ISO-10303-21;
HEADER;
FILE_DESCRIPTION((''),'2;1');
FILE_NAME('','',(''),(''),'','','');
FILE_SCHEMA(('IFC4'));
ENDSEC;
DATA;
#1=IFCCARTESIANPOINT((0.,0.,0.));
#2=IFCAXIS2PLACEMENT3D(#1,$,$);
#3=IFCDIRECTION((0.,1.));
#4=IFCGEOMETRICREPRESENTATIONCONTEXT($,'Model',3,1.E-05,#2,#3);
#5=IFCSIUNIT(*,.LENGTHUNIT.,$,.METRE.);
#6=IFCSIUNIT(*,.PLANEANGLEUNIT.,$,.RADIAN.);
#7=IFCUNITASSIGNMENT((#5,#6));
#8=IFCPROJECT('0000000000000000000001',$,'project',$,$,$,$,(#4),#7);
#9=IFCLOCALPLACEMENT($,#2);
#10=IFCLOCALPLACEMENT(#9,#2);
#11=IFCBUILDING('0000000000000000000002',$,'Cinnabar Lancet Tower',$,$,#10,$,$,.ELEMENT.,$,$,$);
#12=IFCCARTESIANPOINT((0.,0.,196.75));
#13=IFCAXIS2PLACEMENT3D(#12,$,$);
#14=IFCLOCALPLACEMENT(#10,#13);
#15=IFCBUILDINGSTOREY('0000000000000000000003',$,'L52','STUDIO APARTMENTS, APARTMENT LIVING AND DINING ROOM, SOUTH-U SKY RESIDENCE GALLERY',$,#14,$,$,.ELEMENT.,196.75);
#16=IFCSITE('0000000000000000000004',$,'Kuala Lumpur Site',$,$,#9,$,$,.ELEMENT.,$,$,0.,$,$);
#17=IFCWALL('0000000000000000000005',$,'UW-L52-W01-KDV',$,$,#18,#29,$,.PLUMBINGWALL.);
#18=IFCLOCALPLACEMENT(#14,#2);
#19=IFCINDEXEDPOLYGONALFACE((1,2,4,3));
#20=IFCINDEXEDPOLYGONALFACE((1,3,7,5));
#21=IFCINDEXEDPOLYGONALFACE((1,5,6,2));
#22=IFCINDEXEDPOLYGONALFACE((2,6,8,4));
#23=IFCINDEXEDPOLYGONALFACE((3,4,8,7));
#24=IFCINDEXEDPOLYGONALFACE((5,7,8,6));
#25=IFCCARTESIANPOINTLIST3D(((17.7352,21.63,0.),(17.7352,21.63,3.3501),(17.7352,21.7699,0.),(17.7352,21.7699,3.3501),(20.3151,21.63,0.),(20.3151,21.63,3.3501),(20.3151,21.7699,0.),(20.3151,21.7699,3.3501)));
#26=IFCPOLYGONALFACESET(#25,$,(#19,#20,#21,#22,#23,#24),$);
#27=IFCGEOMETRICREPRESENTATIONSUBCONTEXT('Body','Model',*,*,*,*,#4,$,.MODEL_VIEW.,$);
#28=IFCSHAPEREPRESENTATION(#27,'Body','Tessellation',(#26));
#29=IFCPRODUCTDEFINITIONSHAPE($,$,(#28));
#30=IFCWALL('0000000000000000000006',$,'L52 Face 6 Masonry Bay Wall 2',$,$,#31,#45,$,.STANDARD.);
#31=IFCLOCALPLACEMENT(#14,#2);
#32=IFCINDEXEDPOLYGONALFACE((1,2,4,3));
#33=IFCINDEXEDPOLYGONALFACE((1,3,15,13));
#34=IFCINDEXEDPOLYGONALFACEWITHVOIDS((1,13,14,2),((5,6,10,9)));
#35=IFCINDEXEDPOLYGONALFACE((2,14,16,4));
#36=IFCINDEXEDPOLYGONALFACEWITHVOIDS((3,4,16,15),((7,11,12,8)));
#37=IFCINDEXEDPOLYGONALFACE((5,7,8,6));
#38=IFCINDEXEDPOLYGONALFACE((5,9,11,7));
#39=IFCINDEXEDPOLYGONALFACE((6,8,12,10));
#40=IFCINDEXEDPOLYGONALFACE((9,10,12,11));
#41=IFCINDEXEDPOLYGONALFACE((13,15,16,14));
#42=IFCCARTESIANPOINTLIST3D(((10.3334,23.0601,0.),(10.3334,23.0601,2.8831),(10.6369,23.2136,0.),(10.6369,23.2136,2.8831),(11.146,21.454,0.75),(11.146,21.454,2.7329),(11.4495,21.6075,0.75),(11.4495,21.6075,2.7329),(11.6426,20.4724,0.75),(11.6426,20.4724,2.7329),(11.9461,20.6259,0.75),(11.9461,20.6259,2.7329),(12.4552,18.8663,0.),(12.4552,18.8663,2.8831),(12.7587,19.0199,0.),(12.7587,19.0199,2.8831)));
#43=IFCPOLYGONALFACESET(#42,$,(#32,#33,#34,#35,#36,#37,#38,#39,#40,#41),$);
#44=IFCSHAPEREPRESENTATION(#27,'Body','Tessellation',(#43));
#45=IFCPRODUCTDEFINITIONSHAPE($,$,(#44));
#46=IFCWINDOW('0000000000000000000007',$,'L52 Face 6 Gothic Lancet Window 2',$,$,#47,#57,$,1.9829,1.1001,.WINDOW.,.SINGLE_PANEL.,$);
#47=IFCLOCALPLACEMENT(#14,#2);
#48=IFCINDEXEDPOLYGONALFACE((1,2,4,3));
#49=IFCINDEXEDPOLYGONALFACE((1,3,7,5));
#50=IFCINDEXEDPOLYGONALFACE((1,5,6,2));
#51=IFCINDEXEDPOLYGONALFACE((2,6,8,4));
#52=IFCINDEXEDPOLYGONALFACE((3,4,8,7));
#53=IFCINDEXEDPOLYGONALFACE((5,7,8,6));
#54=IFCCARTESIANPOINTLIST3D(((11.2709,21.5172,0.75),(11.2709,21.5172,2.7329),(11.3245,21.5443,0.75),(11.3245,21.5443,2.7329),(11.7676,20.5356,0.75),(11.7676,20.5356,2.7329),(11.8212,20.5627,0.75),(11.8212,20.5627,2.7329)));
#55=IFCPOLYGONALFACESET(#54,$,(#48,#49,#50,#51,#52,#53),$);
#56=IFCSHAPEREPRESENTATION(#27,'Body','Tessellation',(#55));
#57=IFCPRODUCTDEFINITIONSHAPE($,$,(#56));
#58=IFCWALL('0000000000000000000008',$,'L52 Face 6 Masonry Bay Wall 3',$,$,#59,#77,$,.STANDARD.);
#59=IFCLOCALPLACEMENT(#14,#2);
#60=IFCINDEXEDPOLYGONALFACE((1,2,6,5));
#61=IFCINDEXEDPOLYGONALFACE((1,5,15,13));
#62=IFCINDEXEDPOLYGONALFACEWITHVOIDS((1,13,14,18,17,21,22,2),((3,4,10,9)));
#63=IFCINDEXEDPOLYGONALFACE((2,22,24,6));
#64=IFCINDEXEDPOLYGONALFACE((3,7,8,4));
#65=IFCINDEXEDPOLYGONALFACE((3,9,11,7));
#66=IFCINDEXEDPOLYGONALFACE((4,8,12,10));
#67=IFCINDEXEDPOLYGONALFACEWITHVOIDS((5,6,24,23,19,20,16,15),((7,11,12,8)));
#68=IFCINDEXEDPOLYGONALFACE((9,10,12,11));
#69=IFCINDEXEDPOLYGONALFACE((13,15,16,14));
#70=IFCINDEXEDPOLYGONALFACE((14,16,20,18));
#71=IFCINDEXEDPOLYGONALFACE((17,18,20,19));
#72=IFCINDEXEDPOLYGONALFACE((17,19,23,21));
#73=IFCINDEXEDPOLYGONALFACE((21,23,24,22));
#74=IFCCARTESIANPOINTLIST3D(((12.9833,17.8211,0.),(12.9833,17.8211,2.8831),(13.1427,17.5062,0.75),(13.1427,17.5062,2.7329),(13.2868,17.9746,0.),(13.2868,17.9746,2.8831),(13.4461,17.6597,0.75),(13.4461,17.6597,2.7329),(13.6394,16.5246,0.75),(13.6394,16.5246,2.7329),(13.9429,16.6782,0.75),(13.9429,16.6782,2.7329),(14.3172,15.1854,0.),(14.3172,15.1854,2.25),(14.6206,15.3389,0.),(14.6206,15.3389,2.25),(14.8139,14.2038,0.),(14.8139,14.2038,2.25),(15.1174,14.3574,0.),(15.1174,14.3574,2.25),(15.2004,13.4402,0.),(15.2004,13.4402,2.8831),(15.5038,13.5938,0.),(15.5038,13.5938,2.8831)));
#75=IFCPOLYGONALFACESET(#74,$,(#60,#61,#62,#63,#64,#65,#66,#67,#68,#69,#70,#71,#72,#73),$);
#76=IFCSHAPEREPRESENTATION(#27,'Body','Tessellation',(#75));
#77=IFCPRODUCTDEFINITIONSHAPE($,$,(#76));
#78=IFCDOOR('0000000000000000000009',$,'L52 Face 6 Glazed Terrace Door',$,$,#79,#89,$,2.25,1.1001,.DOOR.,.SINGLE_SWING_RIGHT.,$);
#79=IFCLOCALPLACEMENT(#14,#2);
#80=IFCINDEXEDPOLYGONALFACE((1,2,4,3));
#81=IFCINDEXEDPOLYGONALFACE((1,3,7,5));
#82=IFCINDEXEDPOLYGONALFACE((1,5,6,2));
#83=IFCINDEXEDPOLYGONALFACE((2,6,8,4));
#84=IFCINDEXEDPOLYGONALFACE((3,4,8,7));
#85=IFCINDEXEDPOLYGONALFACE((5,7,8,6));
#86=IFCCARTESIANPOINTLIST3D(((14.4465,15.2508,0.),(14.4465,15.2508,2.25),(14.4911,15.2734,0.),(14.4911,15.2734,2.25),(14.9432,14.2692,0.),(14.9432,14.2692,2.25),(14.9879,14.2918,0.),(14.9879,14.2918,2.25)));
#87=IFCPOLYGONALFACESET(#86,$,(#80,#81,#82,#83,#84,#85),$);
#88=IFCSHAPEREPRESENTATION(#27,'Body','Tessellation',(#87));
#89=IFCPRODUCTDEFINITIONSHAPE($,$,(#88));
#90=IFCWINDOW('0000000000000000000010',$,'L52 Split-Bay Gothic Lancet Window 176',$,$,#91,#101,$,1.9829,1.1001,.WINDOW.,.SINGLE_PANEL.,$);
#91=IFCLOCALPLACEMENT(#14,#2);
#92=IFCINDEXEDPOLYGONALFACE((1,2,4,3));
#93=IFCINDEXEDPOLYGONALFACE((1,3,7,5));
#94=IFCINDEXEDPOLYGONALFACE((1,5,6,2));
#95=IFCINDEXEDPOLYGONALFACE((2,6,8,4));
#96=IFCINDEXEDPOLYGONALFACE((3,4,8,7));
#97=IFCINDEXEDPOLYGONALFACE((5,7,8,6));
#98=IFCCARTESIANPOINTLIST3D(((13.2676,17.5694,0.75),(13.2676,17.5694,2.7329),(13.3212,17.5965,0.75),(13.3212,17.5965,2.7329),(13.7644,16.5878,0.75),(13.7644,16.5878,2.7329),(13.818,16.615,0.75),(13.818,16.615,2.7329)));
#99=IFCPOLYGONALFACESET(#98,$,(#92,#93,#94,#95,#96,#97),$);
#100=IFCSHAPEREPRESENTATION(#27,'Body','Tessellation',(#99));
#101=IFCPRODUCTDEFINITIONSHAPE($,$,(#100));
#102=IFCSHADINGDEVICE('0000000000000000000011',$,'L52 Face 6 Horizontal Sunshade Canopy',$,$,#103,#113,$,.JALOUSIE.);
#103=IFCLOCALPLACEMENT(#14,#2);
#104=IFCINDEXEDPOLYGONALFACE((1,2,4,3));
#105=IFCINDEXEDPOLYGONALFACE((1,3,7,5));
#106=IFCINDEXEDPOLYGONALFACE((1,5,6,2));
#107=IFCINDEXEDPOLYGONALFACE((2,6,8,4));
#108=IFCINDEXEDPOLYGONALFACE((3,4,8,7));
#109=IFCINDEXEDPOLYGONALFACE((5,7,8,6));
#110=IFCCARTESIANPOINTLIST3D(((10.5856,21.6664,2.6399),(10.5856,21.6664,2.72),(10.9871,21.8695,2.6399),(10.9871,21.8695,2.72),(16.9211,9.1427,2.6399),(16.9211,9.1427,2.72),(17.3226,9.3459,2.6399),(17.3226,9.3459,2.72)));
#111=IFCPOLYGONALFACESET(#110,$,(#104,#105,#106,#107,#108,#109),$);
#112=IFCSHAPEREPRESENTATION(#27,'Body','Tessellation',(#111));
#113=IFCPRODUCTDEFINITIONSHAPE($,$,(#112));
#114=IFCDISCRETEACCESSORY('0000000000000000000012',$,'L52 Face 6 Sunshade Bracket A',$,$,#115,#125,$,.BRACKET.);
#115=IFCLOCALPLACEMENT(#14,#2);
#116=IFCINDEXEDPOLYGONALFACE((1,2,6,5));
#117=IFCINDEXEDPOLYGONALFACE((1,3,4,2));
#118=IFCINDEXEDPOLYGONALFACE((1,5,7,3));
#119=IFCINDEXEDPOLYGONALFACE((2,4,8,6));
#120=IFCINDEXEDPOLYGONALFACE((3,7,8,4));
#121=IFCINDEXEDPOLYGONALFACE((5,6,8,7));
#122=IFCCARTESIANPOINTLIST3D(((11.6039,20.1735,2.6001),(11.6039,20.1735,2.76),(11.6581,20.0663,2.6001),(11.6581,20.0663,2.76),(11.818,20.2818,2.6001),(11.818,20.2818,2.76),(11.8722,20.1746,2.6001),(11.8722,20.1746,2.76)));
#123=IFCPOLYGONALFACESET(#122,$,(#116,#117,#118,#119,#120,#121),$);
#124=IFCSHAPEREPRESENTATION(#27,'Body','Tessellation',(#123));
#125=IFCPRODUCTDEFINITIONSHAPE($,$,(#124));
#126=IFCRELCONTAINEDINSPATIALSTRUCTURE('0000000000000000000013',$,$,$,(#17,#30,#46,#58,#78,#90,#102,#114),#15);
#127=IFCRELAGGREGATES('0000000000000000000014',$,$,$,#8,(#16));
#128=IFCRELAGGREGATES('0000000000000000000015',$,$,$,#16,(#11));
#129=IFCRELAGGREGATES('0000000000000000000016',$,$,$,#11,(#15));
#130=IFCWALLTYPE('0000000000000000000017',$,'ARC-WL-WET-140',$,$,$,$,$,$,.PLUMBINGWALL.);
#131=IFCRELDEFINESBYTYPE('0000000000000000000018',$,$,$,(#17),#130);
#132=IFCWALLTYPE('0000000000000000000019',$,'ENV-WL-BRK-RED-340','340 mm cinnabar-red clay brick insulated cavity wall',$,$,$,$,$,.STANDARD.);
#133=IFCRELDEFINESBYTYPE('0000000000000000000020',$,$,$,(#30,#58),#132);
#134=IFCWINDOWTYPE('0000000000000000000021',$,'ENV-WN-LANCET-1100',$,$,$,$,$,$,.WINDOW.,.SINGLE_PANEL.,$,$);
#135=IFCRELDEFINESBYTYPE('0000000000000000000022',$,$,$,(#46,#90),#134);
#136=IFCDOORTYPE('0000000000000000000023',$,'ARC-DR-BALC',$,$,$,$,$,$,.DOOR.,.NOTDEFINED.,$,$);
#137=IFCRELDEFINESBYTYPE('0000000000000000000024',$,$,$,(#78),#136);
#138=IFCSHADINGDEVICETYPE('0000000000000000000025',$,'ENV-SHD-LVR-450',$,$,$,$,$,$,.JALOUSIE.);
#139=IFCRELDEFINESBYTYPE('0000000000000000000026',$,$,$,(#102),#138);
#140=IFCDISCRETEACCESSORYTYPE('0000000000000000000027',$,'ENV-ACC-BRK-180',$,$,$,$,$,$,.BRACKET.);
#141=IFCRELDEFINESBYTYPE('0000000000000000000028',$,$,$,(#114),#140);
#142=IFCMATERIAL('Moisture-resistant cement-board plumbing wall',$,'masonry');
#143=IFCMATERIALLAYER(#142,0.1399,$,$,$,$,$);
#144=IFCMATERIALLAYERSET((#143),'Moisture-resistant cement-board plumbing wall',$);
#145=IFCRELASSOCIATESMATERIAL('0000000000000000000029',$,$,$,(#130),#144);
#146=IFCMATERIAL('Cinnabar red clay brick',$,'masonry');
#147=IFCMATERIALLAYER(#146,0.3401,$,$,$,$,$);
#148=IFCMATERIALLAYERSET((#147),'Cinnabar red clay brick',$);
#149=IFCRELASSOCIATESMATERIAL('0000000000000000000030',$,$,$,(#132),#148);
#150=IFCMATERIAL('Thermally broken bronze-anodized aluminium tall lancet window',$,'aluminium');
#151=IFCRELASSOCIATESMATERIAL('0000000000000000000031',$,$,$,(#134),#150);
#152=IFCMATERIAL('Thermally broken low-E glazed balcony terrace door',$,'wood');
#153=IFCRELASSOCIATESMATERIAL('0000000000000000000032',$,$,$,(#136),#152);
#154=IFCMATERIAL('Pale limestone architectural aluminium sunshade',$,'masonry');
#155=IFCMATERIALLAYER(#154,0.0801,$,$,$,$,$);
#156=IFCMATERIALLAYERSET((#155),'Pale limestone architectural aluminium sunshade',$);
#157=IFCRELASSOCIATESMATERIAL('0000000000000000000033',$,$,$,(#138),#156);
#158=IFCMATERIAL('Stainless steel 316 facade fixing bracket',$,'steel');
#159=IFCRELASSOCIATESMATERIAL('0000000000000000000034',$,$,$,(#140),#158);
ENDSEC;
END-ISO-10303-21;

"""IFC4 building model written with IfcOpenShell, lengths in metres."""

from ifc_helpers import new_model, si_unit, direction, frame, frame_2d, origin, origin_2d, place, context, subcontext, project, spatial, rectangle, extrude, material, layer, layer_set, type_object, element, fill, save


model = new_model("IFC4")

# Units and contexts
model_context = context("Model", 3, precision=1e-05, world=origin(), true_north=direction((0.0, 1.0)))
body_context = subcontext(model_context, "Body", "Model", "MODEL_VIEW")
ifc_project = project(units=[si_unit("LENGTHUNIT", "METRE"), si_unit("PLANEANGLEUNIT", "RADIAN")], contexts=[model_context])

# Site, building, storey
site_placement = place(None, origin())
site = spatial("IfcSite", under=ifc_project, at=site_placement, Name="Kuala Lumpur Site", CompositionType="ELEMENT", RefElevation=0.0)
building_placement = place(site_placement, origin())
building = spatial("IfcBuilding", under=site, at=building_placement, Name="Cinnabar Lancet Tower", CompositionType="ELEMENT")
storey_placement = place(building_placement, frame((0.0, 0.0, 196.75)))
storey = spatial("IfcBuildingStorey", under=building, at=storey_placement, Name="L52", Description="STUDIO APARTMENTS, APARTMENT LIVING AND DINING ROOM, SOUTH-U SKY RESIDENCE GALLERY", CompositionType="ELEMENT", Elevation=196.75)

# Shared definitions
ifc_material_1 = material(Name="Moisture-resistant cement-board plumbing wall", Category="masonry")
ifc_layer_1 = layer(ifc_material_1, 0.1399)
ifc_layer_set_1 = layer_set([ifc_layer_1], Name="Moisture-resistant cement-board plumbing wall")
wall_type_1 = type_object("IfcWallType", Name="ARC-WL-WET-140", PredefinedType="PLUMBINGWALL", material=ifc_layer_set_1)

# Wall
wall_1_placement = place(storey_placement, frame((17.7351, 21.7, 0.0), z_axis=(0.0, 0.0, 1.0), x_axis=(1.0, 0.0, 0.0)))
element("IfcWall", 1, at=wall_1_placement, inside=storey, type_object=wall_type_1, Name="UW-L52-W01-KDV", PredefinedType="PLUMBINGWALL", context=body_context, shape_type="SweptSolid", body=[
    extrude(rectangle(XDim=2.5798, YDim=0.1399, at=frame_2d((1.29, 0.0))), origin(), (0.0, 0.0, 1.0), 3.3501),
])

# Wall, opening, window
ifc_material_2 = material(Name="Cinnabar red clay brick", Category="masonry")
ifc_layer_2 = layer(ifc_material_2, 0.3401)
ifc_layer_set_2 = layer_set([ifc_layer_2], Name="Cinnabar red clay brick")
wall_type_2 = type_object("IfcWallType", Name="ENV-WL-BRK-RED-340", Description="340 mm cinnabar-red clay brick insulated cavity wall", PredefinedType="STANDARD", material=ifc_layer_set_2)
wall_2_placement = place(storey_placement, frame((10.4851, 23.137, 0.0), z_axis=(0.0, 0.0, 1.0), x_axis=(0.451447, -0.892298, 0.0)))
wall_2 = element("IfcWall", 2, at=wall_2_placement, inside=storey, type_object=wall_type_2, Name="L52 Face 6 Masonry Bay Wall 2", PredefinedType="STANDARD", context=body_context, shape_type="SweptSolid", body=[
    extrude(rectangle(XDim=4.7, YDim=0.3401, at=frame_2d((2.3501, 0.0))), origin(), (0.0, 0.0, 1.0), 2.8831),
])
opening_1_placement = place(wall_2_placement, frame((1.8, 0.0, 0.75)))
opening_1 = element("IfcOpeningElement", 3, at=opening_1_placement, cuts=wall_2, PredefinedType="OPENING", context=body_context, shape_type="SweptSolid", body=[
    extrude(rectangle(XDim=1.1001, YDim=1.9829, at=frame_2d((0.55, 0.9915))), frame((0.0, 0.1799, 0.0), z_axis=(0.0, -1.0, 0.0), x_axis=(1.0, 0.0, 0.0)), (0.0, 0.0, 1.0), 0.3601),
])
ifc_material_3 = material(Name="Thermally broken bronze-anodized aluminium tall lancet window", Category="aluminium")
window_type = type_object("IfcWindowType", Name="ENV-WN-LANCET-1100", PartitioningType="SINGLE_PANEL", PredefinedType="WINDOW", material=ifc_material_3)
window_1_placement = place(opening_1_placement, origin())
window_1 = element("IfcWindow", 4, at=window_1_placement, inside=storey, type_object=window_type, Name="L52 Face 6 Gothic Lancet Window 2", OverallHeight=1.9829, OverallWidth=1.1001, PartitioningType="SINGLE_PANEL", PredefinedType="WINDOW", context=body_context, shape_type="SweptSolid", body=[
    extrude(rectangle(XDim=1.1001, YDim=1.9829, at=frame_2d((0.55, 0.9915))), frame((0.0, 0.03, 0.0), z_axis=(0.0, -1.0, 0.0), x_axis=(1.0, 0.0, 0.0)), (0.0, 0.0, 1.0), 0.0601),
])
fill(opening_1, window_1)

# Wall, openings, door, window
wall_3_placement = place(storey_placement, frame((13.135, 17.8979, 0.0), z_axis=(0.0, 0.0, 1.0), x_axis=(0.451544, -0.892249, 0.0)))
wall_3 = element("IfcWall", 5, at=wall_3_placement, inside=storey, type_object=wall_type_2, Name="L52 Face 6 Masonry Bay Wall 3", PredefinedType="STANDARD", context=body_context, shape_type="SweptSolid", body=[
    extrude(rectangle(XDim=4.9099, YDim=0.3401, at=frame_2d((2.4551, 0.0))), origin(), (0.0, 0.0, 1.0), 2.8831),
])
opening_2_placement = place(wall_3_placement, frame((2.9541, 0.0, 0.0)))
opening_2 = element("IfcOpeningElement", 6, at=opening_2_placement, cuts=wall_3, PredefinedType="OPENING", context=body_context, shape_type="SweptSolid", body=[
    extrude(rectangle(XDim=1.1001, YDim=2.25, at=frame_2d((0.55, 1.125))), frame((0.0, 0.1799, 0.0), z_axis=(0.0, -1.0, 0.0), x_axis=(1.0, 0.0, 0.0)), (0.0, 0.0, 1.0), 0.3601),
])
opening_3_placement = place(wall_3_placement, frame((0.353, 0.0, 0.75)))
opening_3 = element("IfcOpeningElement", 7, at=opening_3_placement, cuts=wall_3, PredefinedType="OPENING", context=body_context, shape_type="SweptSolid", body=[
    extrude(rectangle(XDim=1.1001, YDim=1.9829, at=frame_2d((0.55, 0.9915))), frame((0.0, 0.1799, 0.0), z_axis=(0.0, -1.0, 0.0), x_axis=(1.0, 0.0, 0.0)), (0.0, 0.0, 1.0), 0.3601),
])
ifc_material_4 = material(Name="Thermally broken low-E glazed balcony terrace door", Category="wood")
door_type_1 = type_object("IfcDoorType", Name="ARC-DR-BALC", OperationType="NOTDEFINED", PredefinedType="DOOR", material=ifc_material_4)
door_1_placement = place(opening_2_placement, origin())
door_1 = element("IfcDoor", 8, at=door_1_placement, inside=storey, type_object=door_type_1, Name="L52 Face 6 Glazed Terrace Door", OperationType="SINGLE_SWING_RIGHT", OverallHeight=2.25, OverallWidth=1.1001, PredefinedType="DOOR", context=body_context, shape_type="SweptSolid", body=[
    extrude(rectangle(XDim=1.1001, YDim=2.25, at=frame_2d((0.55, 1.125))), frame((0.0, 0.0249, 0.0), z_axis=(0.0, -1.0, 0.0), x_axis=(1.0, 0.0, 0.0)), (0.0, 0.0, 1.0), 0.05),
])
fill(opening_2, door_1)
window_2_placement = place(opening_3_placement, origin())
window_2 = element("IfcWindow", 9, at=window_2_placement, inside=storey, type_object=window_type, Name="L52 Split-Bay Gothic Lancet Window 176", OverallHeight=1.9829, OverallWidth=1.1001, PartitioningType="SINGLE_PANEL", PredefinedType="WINDOW", context=body_context, shape_type="SweptSolid", body=[
    extrude(rectangle(XDim=1.1001, YDim=1.9829, at=frame_2d((0.55, 0.9915))), frame((0.0, 0.03, 0.0), z_axis=(0.0, -1.0, 0.0), x_axis=(1.0, 0.0, 0.0)), (0.0, 0.0, 1.0), 0.0601),
])
fill(opening_3, window_2)

# Shading device
ifc_material_5 = material(Name="Pale limestone architectural aluminium sunshade", Category="masonry")
ifc_layer_3 = layer(ifc_material_5, 0.0801)
ifc_layer_set_3 = layer_set([ifc_layer_3], Name="Pale limestone architectural aluminium sunshade")
shading_device_type = type_object("IfcShadingDeviceType", Name="ENV-SHD-LVR-450", PredefinedType="JALOUSIE", material=ifc_layer_set_3)
shading_device_placement = place(storey_placement, frame((13.9541, 15.5061, 2.6399), z_axis=(0.0, 0.0, 1.0), x_axis=(0.451407, -0.892318, 0.0)))
element("IfcShadingDevice", 10, at=shading_device_placement, inside=storey, type_object=shading_device_type, Name="L52 Face 6 Horizontal Sunshade Canopy", PredefinedType="JALOUSIE", context=body_context, shape_type="SweptSolid", body=[
    extrude(rectangle(XDim=14.0349, YDim=0.45, at=origin_2d()), origin(), (0.0, 0.0, 1.0), 0.0801),
])

# Discrete accessory
ifc_material_6 = material(Name="Stainless steel 316 facade fixing bracket", Category="steel")
discrete_accessory_type = type_object("IfcDiscreteAccessoryType", Name="ENV-ACC-BRK-180", PredefinedType="BRACKET", material=ifc_material_6)
discrete_accessory_placement = place(storey_placement, frame((11.738, 20.1741, 2.6001), z_axis=(0.0, 0.0, 1.0), x_axis=(0.451407, -0.892318, 0.0)))
element("IfcDiscreteAccessory", 11, at=discrete_accessory_placement, inside=storey, type_object=discrete_accessory_type, Name="L52 Face 6 Sunshade Bracket A", PredefinedType="BRACKET", context=body_context, shape_type="SweptSolid", body=[
    extrude(rectangle(XDim=0.1201, YDim=0.24, at=origin_2d()), origin(), (0.0, 0.0, 1.0), 0.1599),
])

save(model, "model.ifc")
